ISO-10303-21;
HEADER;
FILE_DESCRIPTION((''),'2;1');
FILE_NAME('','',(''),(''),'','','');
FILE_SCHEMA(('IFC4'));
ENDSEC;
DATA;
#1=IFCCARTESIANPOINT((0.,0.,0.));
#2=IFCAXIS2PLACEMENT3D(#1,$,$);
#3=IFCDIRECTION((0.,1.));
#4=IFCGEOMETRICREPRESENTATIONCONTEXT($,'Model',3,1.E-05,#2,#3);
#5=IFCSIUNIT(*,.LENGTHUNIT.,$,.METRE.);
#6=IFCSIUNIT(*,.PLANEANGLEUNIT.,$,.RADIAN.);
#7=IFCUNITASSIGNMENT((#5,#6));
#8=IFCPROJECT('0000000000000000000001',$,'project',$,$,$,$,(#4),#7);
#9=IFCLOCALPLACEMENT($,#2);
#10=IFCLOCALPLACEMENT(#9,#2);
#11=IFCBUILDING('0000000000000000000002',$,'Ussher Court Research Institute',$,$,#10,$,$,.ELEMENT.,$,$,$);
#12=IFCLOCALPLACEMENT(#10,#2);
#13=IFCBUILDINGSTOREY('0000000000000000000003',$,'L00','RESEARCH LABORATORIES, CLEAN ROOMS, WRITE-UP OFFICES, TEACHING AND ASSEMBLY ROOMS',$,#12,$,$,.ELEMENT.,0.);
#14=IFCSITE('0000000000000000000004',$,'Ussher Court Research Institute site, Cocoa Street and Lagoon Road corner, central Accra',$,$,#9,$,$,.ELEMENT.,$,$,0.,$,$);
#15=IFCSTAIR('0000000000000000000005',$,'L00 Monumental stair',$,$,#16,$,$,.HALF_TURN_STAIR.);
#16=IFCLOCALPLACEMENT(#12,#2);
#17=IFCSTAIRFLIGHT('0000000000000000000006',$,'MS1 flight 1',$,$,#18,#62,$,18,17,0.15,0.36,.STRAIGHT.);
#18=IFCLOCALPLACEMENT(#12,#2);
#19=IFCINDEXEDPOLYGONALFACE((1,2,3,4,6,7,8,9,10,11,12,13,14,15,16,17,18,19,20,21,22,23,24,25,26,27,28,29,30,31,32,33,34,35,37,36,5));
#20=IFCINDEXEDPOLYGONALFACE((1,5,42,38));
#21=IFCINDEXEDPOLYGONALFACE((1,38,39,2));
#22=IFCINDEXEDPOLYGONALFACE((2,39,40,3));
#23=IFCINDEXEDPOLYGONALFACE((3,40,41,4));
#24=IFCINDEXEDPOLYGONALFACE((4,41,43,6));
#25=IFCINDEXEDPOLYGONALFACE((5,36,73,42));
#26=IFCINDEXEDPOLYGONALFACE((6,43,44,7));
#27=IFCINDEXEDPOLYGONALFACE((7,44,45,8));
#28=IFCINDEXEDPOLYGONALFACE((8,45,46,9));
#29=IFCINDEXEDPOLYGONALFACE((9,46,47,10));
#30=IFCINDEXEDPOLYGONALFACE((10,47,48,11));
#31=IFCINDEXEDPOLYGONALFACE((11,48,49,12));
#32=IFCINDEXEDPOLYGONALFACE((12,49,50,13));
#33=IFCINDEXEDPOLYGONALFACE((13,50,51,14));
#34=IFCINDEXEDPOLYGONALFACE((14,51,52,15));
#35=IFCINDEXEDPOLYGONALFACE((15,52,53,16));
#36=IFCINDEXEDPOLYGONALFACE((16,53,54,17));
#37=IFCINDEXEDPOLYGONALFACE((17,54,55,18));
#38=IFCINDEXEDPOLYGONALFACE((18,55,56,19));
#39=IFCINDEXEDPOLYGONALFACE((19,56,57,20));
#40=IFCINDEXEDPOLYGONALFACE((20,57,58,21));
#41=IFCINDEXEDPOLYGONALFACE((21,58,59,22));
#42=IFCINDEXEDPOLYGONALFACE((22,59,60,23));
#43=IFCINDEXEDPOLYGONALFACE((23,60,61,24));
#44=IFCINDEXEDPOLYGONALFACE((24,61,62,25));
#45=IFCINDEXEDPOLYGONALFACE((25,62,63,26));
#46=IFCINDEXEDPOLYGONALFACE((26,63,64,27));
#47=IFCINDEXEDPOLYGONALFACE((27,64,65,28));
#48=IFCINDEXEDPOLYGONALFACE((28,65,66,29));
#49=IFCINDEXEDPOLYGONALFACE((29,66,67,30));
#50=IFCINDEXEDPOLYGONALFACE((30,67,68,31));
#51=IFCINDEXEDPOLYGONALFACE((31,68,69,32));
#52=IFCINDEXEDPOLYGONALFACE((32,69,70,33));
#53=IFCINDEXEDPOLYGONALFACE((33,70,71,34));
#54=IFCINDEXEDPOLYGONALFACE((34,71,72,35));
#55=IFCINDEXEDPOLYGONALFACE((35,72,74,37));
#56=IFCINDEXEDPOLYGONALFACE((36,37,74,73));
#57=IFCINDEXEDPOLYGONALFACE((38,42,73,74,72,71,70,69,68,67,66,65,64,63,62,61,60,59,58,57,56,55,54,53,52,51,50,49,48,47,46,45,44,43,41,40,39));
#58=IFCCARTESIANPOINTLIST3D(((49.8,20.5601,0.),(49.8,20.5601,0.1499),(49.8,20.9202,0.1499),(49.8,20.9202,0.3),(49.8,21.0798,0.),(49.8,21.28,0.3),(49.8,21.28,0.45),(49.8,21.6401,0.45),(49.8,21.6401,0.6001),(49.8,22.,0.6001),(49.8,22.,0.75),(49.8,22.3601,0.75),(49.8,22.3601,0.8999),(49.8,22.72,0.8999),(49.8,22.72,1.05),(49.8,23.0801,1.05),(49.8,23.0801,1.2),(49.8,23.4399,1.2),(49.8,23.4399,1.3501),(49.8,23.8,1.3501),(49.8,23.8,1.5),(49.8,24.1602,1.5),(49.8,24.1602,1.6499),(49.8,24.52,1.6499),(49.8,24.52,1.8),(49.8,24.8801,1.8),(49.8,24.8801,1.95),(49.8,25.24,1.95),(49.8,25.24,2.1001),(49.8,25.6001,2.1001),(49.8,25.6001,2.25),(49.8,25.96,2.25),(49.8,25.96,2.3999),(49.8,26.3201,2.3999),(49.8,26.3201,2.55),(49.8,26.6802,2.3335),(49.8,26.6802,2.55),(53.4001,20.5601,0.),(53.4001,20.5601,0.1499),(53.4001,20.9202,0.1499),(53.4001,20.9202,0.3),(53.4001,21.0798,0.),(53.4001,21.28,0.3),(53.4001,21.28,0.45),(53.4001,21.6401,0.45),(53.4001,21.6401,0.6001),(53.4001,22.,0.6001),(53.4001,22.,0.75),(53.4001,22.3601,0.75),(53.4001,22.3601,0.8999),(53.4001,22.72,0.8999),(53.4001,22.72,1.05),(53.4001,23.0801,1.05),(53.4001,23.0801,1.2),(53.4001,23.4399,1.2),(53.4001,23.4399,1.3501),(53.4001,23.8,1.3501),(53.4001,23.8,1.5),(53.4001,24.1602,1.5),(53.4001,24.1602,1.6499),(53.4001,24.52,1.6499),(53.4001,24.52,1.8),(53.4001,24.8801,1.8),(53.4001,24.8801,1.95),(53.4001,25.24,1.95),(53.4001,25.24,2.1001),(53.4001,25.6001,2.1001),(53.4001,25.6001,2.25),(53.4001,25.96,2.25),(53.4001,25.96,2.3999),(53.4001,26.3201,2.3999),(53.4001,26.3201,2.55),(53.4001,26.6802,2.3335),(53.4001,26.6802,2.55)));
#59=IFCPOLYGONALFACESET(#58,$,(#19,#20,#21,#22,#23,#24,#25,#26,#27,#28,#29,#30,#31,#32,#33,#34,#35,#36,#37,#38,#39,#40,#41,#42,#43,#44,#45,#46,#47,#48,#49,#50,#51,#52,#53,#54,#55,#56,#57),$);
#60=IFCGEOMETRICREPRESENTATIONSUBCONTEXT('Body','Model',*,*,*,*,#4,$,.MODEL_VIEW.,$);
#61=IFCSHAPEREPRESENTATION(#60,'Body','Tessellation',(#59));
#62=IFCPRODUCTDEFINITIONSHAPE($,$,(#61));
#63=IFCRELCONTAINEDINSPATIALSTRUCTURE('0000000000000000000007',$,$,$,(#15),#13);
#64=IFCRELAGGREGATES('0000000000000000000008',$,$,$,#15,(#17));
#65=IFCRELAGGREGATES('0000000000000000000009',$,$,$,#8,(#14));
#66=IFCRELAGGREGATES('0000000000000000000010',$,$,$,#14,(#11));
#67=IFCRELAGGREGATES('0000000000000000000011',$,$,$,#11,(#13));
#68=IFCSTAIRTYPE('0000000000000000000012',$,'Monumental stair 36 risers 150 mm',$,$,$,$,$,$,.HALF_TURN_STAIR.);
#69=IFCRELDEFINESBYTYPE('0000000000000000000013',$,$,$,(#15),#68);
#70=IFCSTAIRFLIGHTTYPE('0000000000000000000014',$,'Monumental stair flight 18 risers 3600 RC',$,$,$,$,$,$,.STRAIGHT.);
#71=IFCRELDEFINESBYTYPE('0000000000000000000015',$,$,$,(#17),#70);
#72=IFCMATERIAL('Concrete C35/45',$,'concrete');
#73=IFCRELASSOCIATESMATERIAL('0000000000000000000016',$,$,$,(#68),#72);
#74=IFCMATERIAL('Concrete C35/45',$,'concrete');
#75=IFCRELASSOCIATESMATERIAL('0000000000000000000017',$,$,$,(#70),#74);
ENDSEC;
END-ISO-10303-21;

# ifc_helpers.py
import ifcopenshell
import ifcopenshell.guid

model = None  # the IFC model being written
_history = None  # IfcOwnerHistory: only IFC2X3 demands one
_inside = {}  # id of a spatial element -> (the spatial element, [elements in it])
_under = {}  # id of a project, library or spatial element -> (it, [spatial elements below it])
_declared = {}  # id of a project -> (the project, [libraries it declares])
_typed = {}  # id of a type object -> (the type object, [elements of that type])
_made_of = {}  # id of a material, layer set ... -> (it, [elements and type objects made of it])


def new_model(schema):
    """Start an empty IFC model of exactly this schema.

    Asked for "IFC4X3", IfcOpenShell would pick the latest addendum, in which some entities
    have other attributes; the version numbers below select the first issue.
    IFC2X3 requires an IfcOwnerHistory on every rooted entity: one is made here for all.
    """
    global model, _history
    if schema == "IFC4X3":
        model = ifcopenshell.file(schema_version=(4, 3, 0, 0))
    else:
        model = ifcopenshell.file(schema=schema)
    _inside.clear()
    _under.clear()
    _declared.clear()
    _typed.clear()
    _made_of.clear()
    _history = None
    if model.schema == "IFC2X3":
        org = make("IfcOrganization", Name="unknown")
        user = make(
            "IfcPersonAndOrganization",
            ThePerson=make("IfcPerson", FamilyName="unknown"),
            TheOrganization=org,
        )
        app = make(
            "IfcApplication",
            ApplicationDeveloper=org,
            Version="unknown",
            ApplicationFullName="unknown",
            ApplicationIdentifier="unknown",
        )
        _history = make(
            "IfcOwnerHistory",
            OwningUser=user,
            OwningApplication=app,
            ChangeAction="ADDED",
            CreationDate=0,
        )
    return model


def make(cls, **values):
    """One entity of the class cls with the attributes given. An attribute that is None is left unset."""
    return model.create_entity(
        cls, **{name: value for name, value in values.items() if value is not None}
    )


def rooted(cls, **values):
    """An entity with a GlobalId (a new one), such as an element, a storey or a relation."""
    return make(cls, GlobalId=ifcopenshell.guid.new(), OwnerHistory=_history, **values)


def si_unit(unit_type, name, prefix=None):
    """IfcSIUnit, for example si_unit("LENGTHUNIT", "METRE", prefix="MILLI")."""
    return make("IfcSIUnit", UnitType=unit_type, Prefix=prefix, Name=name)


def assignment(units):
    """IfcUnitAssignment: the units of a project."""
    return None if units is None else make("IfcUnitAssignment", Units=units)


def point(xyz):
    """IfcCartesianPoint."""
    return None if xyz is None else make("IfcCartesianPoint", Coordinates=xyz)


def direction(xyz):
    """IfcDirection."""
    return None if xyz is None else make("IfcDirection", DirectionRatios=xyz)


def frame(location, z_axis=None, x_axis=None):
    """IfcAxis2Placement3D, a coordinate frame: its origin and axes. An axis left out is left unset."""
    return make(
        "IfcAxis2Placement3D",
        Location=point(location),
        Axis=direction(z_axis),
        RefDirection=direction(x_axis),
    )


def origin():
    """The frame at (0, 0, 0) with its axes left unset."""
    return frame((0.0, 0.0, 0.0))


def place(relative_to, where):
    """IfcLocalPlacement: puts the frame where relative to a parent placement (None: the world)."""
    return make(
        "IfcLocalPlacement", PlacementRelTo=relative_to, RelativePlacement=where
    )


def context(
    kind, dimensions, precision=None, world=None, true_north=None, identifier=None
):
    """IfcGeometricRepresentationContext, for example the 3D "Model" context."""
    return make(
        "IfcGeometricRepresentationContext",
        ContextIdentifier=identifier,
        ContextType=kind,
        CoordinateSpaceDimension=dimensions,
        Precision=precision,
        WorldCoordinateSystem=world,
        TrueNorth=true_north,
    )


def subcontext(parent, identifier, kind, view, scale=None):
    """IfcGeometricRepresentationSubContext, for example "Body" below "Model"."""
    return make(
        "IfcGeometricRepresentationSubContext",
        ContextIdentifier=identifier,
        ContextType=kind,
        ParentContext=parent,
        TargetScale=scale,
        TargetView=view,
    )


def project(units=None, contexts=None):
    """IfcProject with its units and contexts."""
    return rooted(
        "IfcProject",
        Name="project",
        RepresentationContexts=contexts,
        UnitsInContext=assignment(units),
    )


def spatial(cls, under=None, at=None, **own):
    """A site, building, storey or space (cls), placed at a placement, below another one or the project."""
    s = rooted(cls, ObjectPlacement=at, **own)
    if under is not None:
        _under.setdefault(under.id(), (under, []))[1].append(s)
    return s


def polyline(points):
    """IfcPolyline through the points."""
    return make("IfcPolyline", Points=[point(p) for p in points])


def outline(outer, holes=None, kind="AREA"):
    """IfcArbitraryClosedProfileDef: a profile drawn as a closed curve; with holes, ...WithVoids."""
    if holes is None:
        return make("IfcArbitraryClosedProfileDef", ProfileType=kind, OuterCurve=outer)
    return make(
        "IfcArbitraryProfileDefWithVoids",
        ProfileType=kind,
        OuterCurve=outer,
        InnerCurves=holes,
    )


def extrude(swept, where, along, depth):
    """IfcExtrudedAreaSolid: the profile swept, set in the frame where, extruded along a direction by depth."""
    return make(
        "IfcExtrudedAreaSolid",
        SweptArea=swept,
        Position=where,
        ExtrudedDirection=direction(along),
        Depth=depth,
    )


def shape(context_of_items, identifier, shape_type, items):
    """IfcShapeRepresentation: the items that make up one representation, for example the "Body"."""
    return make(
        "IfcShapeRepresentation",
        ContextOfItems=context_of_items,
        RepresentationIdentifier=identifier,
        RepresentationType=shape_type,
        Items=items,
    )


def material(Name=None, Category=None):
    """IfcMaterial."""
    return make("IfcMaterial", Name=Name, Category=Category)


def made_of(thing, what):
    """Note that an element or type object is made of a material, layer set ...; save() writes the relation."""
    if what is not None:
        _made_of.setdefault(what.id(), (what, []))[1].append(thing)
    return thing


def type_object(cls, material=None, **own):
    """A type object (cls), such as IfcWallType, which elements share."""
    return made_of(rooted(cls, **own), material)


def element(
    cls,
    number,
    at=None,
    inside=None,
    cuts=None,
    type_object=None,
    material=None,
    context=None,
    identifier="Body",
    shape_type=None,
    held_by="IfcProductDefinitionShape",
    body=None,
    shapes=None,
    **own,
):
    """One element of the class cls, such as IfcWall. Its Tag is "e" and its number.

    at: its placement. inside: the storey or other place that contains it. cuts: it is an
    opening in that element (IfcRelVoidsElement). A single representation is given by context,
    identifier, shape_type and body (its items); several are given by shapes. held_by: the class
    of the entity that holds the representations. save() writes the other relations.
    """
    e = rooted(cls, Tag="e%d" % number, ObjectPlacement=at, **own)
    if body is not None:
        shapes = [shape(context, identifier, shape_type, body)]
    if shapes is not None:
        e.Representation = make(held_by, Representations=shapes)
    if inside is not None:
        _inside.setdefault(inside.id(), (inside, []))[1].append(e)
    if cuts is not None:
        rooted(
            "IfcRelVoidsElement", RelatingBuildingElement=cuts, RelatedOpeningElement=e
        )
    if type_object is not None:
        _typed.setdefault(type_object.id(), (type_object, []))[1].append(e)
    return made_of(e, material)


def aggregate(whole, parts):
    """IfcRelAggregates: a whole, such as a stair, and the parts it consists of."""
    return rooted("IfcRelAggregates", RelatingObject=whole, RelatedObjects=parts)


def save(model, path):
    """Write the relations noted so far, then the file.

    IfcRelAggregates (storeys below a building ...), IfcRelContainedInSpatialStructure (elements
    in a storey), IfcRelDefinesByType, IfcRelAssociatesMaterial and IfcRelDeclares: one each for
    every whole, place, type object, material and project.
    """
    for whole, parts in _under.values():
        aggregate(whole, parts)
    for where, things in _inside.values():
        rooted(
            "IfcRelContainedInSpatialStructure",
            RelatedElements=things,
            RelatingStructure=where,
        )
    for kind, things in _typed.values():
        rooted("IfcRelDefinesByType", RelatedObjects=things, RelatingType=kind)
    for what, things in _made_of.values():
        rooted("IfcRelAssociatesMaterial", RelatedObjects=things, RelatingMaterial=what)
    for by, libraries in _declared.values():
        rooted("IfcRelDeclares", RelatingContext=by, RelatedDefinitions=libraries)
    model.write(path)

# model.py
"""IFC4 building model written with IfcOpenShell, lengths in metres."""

from ifc_helpers import new_model, si_unit, direction, frame, origin, place, context, subcontext, project, spatial, polyline, outline, extrude, material, type_object, element, aggregate, save


model = new_model("IFC4")

# Units and contexts
model_context = context("Model", 3, precision=1e-05, world=origin(), true_north=direction((0.0, 1.0)))
body_context = subcontext(model_context, "Body", "Model", "MODEL_VIEW")
ifc_project = project(units=[si_unit("LENGTHUNIT", "METRE"), si_unit("PLANEANGLEUNIT", "RADIAN")], contexts=[model_context])

# Site, building, storey
site_placement = place(None, origin())
site = spatial("IfcSite", under=ifc_project, at=site_placement, Name="Ussher Court Research Institute site, Cocoa Street and Lagoon Road corner, central Accra", CompositionType="ELEMENT", RefElevation=0.0)
building_placement = place(site_placement, origin())
building = spatial("IfcBuilding", under=site, at=building_placement, Name="Ussher Court Research Institute", CompositionType="ELEMENT")
storey_placement = place(building_placement, origin())
storey = spatial("IfcBuildingStorey", under=building, at=storey_placement, Name="L00", Description="RESEARCH LABORATORIES, CLEAN ROOMS, WRITE-UP OFFICES, TEACHING AND ASSEMBLY ROOMS", CompositionType="ELEMENT", Elevation=0.0)

# Stair, stair flight
ifc_material_1 = material(Name="Concrete C35/45", Category="concrete")
stair_type = type_object("IfcStairType", Name="Monumental stair 36 risers 150 mm", PredefinedType="HALF_TURN_STAIR", material=ifc_material_1)
stair_placement = place(storey_placement, origin())
stair = element("IfcStair", 1, at=stair_placement, inside=storey, type_object=stair_type, Name="L00 Monumental stair", PredefinedType="HALF_TURN_STAIR")
ifc_material_2 = material(Name="Concrete C35/45", Category="concrete")
stair_flight_type = type_object("IfcStairFlightType", Name="Monumental stair flight 18 risers 3600 RC", PredefinedType="STRAIGHT", material=ifc_material_2)
stair_flight_placement = place(storey_placement, frame((51.6001, 20.5601, 0.0), z_axis=(0.0, 0.0, 1.0), x_axis=(0.0, 1.0, 0.0)))
stair_flight = element("IfcStairFlight", 2, at=stair_flight_placement, type_object=stair_flight_type, Name="MS1 flight 1", NumberOfRisers=18, NumberOfTreads=17, PredefinedType="STRAIGHT", RiserHeight=0.15, TreadLength=0.36, context=body_context, shape_type="SweptSolid", body=[
    extrude(outline(polyline([(0.0, 0.0), (0.0, 0.1499), (0.3601, 0.1499), (0.3601, 0.3), (0.72, 0.3), (0.72, 0.45), (1.0801, 0.45), (1.0801, 0.6001), (1.4399, 0.6001), (1.4399, 0.75), (1.8, 0.75), (1.8, 0.8999), (2.1599, 0.8999), (2.1599, 1.05), (2.52, 1.05), (2.52, 1.2), (2.8799, 1.2), (2.8799, 1.3501), (3.24, 1.3501), (3.24, 1.5), (3.6001, 1.5), (3.6001, 1.6499), (3.96, 1.6499), (3.96, 1.8), (4.3201, 1.8), (4.3201, 1.95), (4.6799, 1.95), (4.6799, 2.1001), (5.04, 2.1001), (5.04, 2.25), (5.3999, 2.25), (5.3999, 2.3999), (5.76, 2.3999), (5.76, 2.55), (6.1201, 2.55), (6.1201, 2.7), (6.1201, 2.3335), (0.5198, 0.0), (0.0, 0.0)])), frame((0.0, 1.8, 0.0), z_axis=(0.0, -1.0, 0.0), x_axis=(1.0, 0.0, 0.0)), (0.0, 0.0, 1.0), 3.6001),
])
aggregate(stair, [stair_flight])

save(model, "model.ifc")
